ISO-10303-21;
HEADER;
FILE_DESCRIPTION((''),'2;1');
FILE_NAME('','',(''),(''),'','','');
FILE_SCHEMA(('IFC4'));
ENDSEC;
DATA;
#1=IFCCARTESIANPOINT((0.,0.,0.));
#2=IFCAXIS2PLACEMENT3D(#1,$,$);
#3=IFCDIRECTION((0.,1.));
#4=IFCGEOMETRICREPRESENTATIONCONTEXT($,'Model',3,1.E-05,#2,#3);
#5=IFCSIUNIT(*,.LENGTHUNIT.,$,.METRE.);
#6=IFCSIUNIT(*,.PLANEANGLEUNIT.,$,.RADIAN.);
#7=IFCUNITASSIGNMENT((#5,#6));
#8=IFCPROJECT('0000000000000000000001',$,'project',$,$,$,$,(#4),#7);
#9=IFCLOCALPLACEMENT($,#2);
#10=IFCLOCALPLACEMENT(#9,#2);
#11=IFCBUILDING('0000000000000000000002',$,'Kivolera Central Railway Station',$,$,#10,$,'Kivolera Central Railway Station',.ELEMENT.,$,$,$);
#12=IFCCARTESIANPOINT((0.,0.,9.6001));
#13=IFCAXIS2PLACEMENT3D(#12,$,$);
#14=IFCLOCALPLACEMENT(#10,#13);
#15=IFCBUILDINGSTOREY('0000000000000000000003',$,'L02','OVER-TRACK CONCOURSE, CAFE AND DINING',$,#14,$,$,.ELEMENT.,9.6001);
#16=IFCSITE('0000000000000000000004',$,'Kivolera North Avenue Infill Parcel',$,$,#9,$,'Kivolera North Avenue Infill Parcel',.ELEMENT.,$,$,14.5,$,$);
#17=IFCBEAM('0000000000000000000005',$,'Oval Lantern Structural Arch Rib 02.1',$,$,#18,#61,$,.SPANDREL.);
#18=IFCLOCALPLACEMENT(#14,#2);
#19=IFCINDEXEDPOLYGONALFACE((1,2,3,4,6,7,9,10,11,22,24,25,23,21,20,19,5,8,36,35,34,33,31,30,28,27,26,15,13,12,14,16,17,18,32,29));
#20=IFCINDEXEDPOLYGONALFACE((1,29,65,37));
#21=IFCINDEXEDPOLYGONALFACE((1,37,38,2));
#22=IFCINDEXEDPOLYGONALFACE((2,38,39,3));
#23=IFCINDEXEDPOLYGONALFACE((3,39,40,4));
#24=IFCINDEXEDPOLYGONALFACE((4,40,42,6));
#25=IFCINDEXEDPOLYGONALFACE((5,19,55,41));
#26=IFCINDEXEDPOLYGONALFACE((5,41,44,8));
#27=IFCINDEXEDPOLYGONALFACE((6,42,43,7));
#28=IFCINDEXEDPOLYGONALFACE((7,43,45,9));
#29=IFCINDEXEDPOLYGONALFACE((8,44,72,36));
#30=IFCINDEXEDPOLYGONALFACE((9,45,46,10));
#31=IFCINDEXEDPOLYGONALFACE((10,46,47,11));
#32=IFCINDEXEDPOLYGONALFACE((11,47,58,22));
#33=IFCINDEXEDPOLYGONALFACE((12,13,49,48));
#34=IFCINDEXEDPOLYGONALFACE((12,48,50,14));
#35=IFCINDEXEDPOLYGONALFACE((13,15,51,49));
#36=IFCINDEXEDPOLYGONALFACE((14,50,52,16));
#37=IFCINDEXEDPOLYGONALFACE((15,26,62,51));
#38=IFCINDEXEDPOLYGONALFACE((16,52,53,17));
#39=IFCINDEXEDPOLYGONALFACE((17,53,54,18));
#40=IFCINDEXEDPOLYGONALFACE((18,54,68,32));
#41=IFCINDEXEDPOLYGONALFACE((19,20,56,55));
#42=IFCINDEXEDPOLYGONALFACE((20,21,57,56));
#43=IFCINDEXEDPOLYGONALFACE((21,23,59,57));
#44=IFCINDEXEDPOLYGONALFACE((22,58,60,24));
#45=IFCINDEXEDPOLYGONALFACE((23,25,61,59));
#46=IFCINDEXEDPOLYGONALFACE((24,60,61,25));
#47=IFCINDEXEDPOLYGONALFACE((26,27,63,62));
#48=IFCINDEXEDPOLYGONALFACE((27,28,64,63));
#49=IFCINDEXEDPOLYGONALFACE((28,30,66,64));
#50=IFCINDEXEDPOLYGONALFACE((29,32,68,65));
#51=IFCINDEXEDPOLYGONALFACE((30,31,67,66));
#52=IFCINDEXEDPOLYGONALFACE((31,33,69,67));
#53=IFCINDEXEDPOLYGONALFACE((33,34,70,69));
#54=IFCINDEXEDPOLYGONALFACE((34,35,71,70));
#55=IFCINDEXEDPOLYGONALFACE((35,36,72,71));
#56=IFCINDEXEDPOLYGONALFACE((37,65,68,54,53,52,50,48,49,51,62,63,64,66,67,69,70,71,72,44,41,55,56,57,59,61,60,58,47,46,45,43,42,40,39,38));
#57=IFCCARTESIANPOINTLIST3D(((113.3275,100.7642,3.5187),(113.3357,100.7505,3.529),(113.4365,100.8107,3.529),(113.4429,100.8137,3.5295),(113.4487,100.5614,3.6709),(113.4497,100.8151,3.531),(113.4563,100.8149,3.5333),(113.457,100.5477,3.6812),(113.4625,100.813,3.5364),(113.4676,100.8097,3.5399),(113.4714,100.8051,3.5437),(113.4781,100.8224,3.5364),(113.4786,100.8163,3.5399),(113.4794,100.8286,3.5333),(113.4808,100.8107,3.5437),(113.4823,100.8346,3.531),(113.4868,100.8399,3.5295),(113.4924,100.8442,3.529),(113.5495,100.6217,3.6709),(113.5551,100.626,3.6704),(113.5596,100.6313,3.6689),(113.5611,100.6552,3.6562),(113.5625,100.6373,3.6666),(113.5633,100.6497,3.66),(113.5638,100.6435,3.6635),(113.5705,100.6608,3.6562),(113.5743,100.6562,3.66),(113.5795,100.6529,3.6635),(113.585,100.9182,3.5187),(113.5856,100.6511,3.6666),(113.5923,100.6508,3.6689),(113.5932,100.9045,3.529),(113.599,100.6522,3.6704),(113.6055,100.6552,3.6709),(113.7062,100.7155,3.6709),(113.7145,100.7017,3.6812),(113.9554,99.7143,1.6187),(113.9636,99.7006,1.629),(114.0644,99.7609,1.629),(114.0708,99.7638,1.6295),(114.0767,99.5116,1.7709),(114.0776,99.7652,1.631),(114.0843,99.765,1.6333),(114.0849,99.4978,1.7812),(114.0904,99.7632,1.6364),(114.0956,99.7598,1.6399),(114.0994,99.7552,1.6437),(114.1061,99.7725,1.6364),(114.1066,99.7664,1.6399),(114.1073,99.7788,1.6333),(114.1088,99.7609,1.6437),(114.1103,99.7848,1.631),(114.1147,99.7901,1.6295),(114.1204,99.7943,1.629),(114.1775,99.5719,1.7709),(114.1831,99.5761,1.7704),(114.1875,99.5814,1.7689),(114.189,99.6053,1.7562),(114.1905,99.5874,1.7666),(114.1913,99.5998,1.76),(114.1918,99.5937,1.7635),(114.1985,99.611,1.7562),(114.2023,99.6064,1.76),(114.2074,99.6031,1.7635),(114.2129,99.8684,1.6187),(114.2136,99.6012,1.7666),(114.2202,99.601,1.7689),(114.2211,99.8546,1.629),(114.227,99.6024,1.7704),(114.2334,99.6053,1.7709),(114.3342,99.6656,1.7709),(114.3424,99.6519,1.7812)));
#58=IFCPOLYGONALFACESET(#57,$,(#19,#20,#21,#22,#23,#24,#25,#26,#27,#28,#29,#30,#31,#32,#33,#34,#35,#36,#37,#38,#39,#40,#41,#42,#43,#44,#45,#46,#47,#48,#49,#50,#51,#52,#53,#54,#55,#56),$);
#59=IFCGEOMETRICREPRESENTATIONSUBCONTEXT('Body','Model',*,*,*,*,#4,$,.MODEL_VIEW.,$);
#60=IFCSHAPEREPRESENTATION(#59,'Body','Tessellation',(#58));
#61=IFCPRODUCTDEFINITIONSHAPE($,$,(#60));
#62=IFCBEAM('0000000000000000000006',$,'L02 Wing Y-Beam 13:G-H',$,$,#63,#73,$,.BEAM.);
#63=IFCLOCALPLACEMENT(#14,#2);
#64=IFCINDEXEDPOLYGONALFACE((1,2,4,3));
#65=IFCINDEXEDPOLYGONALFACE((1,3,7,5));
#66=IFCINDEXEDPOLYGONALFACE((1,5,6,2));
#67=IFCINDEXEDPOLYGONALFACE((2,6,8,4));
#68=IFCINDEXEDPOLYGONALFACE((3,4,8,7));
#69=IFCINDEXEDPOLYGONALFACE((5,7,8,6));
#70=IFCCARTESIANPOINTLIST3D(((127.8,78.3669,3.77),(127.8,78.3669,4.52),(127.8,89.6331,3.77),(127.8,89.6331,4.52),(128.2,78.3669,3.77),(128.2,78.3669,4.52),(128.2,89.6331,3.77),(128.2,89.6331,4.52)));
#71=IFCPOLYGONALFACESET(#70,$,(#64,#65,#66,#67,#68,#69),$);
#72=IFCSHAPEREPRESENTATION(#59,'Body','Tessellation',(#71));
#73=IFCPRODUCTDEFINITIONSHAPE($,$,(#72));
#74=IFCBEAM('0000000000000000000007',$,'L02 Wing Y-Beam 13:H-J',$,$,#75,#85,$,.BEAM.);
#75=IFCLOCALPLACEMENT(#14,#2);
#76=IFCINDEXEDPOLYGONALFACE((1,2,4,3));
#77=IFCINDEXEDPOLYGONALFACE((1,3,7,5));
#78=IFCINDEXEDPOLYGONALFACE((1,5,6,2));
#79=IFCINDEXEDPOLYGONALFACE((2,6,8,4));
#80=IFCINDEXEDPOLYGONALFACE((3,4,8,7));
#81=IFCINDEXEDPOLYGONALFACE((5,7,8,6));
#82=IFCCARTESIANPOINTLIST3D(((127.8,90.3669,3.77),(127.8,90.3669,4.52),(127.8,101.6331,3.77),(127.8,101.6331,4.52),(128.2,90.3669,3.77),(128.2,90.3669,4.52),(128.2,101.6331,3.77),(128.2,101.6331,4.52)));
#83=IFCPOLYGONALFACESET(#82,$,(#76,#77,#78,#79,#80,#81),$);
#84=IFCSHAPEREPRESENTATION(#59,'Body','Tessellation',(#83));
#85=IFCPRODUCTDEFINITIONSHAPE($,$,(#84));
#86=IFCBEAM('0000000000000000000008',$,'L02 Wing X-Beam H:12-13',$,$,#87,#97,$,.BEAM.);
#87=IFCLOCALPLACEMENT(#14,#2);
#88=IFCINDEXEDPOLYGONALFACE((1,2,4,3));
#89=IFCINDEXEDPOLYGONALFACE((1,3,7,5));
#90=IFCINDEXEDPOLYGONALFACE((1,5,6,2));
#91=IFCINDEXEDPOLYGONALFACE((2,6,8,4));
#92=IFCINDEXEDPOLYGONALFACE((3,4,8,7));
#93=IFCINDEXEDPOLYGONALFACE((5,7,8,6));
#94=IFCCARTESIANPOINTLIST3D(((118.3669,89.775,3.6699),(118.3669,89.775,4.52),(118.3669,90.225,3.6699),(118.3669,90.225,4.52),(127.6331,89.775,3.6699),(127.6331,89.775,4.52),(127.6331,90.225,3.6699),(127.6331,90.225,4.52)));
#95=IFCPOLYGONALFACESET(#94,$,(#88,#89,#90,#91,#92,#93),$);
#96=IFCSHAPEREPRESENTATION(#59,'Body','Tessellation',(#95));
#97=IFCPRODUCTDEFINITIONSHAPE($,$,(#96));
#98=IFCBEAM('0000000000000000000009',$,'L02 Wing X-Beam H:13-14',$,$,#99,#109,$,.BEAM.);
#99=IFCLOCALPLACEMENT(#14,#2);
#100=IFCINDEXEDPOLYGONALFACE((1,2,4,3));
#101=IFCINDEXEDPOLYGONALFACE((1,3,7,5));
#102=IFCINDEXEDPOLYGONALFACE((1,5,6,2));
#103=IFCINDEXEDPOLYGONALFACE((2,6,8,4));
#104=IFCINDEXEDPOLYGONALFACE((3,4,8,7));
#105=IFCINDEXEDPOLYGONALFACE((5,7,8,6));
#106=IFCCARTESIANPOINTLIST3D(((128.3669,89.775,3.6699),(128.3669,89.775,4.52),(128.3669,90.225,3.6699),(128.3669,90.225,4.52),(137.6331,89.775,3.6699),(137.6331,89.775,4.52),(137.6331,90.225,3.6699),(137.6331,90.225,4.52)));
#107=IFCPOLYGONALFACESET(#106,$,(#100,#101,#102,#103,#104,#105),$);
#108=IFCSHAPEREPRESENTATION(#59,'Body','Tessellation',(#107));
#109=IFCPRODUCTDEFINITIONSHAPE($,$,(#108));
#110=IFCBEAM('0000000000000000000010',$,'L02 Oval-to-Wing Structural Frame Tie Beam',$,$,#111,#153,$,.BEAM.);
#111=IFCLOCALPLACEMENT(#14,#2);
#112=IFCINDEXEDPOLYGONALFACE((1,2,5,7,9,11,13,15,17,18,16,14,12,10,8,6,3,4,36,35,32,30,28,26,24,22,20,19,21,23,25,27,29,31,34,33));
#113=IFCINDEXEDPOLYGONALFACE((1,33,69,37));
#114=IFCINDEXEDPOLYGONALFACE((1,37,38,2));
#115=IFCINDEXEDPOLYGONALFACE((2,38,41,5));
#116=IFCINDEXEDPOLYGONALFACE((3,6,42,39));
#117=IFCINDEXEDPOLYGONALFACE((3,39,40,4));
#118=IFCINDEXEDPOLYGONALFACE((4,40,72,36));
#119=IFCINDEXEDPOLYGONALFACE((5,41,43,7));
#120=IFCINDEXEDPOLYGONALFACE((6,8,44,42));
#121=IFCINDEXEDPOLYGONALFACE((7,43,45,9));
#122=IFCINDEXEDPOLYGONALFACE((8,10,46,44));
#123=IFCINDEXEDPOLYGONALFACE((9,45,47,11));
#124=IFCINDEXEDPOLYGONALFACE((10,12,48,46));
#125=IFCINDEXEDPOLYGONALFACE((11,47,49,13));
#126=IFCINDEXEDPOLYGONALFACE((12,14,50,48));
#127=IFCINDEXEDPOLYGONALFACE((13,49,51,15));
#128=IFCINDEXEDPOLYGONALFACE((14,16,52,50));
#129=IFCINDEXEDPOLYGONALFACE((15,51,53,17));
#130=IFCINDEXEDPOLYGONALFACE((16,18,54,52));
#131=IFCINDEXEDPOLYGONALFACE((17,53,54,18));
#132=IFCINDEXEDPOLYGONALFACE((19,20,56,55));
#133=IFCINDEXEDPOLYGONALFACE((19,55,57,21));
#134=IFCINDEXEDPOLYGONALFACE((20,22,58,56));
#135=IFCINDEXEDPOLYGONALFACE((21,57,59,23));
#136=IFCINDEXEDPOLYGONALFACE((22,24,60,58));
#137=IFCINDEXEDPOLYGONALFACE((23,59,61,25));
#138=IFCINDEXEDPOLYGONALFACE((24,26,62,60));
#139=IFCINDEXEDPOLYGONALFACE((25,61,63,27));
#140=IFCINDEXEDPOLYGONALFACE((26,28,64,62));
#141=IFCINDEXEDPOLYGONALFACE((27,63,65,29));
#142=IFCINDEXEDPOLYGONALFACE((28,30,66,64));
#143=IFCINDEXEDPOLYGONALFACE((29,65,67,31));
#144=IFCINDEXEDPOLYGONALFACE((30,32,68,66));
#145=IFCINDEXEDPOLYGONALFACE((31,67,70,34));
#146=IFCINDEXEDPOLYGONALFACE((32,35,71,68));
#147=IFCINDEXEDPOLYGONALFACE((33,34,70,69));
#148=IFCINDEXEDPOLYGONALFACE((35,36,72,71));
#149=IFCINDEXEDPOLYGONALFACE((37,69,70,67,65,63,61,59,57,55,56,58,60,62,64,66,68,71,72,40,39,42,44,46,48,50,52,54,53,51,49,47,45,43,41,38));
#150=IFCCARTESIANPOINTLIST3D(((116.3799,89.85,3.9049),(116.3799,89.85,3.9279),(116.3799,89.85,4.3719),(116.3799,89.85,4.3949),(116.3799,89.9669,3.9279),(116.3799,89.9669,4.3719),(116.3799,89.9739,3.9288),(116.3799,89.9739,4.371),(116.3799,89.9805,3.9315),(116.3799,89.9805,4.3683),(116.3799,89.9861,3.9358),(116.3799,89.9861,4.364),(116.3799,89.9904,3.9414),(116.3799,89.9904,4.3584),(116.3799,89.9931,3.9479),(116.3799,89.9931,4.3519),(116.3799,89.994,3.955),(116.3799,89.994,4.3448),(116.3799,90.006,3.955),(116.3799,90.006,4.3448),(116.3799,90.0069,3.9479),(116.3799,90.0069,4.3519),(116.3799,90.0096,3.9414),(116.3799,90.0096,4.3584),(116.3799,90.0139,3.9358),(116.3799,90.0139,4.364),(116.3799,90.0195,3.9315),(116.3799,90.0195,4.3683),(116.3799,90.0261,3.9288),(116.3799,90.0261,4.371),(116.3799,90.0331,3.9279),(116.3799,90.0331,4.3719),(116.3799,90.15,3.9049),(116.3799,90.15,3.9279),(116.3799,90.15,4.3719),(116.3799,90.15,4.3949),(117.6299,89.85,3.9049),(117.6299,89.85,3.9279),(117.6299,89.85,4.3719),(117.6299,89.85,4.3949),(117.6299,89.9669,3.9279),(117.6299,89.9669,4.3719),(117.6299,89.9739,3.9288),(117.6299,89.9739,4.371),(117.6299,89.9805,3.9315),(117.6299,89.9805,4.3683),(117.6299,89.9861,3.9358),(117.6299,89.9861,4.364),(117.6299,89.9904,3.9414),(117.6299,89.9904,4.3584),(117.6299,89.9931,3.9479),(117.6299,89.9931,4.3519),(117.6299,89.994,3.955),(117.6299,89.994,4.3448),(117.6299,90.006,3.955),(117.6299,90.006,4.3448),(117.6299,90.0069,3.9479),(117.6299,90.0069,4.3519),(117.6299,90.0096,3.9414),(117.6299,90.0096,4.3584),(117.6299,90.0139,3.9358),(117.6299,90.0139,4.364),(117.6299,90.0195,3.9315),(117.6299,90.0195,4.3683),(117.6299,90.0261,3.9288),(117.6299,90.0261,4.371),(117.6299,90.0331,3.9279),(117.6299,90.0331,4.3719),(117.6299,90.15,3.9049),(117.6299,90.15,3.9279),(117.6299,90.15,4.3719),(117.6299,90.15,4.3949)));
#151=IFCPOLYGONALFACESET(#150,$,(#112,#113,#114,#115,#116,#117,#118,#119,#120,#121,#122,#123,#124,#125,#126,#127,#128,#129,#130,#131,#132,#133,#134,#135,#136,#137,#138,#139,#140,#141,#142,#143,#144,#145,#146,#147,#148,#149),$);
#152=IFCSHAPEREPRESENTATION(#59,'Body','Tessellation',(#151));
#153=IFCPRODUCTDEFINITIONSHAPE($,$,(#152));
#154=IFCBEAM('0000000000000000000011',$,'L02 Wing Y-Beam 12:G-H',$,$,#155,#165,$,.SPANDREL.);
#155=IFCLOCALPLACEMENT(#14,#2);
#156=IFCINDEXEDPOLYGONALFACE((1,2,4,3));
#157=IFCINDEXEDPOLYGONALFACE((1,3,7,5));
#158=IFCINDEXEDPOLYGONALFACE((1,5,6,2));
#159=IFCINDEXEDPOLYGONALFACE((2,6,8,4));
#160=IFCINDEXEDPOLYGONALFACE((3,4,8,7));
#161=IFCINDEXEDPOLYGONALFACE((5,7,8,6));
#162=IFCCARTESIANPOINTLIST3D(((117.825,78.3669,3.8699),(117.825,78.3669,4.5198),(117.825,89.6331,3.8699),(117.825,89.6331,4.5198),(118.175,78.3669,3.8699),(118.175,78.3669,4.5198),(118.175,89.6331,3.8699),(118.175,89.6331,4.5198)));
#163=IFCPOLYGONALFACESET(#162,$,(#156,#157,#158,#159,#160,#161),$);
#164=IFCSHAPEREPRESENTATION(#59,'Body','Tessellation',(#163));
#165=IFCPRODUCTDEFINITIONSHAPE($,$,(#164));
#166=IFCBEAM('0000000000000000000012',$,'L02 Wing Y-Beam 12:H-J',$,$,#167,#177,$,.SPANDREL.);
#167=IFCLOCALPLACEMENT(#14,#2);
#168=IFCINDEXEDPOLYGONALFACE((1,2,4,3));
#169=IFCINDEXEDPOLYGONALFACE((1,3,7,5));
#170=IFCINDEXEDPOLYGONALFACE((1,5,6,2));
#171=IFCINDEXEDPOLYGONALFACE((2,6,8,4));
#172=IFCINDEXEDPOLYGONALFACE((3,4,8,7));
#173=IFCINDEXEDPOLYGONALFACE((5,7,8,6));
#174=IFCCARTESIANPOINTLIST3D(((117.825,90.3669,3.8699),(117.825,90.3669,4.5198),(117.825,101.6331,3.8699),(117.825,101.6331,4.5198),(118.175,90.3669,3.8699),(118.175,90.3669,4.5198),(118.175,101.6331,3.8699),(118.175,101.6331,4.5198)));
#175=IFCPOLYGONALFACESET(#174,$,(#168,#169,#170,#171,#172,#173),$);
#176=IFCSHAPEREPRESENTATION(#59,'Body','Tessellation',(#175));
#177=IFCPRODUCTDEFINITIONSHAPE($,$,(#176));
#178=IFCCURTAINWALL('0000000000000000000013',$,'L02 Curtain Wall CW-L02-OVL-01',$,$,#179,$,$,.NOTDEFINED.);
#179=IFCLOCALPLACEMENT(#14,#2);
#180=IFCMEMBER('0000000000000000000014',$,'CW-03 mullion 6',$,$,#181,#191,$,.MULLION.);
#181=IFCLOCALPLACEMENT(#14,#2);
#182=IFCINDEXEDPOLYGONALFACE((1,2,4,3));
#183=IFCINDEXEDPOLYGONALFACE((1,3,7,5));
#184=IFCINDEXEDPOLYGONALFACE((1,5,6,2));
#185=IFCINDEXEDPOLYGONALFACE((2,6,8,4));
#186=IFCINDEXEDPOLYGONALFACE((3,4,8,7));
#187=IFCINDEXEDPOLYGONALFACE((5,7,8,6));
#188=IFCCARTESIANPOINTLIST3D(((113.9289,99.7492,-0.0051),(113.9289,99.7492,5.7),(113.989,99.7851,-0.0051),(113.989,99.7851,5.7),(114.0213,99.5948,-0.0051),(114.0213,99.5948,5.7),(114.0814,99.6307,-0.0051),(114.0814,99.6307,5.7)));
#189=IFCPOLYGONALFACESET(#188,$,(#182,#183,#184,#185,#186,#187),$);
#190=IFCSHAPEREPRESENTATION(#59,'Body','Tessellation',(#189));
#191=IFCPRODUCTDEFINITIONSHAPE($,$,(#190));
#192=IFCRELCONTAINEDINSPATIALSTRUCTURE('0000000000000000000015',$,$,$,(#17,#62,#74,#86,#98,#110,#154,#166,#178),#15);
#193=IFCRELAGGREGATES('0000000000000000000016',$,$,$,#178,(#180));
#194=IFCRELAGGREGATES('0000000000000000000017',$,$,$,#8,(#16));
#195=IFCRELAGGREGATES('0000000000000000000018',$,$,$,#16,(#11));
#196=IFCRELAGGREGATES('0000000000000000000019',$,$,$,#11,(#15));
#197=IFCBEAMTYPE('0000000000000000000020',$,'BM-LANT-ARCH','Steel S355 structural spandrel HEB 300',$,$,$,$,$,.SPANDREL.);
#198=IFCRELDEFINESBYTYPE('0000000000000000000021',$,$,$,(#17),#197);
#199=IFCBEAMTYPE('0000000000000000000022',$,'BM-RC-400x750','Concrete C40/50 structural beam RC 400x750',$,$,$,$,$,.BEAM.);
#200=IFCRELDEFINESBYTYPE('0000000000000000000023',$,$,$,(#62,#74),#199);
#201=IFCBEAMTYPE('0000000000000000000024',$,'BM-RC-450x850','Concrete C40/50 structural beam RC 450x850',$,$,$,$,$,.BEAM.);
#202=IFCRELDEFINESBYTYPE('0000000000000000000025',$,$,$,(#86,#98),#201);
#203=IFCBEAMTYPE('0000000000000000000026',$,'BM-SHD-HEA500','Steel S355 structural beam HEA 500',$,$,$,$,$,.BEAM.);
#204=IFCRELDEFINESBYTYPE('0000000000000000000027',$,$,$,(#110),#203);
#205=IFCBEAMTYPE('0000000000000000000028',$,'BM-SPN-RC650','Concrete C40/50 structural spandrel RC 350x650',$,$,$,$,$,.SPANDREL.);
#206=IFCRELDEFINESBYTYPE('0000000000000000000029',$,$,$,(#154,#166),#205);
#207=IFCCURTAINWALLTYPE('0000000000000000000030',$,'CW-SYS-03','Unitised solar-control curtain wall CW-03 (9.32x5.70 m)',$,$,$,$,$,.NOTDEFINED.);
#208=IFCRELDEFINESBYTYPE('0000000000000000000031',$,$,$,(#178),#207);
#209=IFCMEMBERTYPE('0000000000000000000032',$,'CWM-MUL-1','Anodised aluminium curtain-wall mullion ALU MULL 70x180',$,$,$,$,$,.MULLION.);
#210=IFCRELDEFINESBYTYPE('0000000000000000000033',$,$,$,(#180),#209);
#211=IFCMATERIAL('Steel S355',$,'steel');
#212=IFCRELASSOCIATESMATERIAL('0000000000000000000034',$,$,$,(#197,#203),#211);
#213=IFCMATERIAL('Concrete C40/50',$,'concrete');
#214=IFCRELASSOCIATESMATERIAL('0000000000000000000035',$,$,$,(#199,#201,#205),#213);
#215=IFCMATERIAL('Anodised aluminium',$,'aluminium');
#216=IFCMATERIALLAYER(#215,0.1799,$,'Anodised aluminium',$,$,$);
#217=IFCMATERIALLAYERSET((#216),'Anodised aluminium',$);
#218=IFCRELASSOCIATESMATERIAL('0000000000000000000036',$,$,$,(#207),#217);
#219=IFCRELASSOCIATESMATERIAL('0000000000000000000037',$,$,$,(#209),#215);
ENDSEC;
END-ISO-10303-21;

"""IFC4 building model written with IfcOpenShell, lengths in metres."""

from ifc_helpers import new_model, si_unit, direction, frame, origin, origin_2d, place, context, subcontext, project, spatial, rectangle, i_section, extrude, material, layer, layer_set, material_profile, profile_set, type_object, element, aggregate, save


model = new_model("IFC4")

# Units and contexts
model_context = context("Model", 3, precision=1e-05, world=origin(), true_north=direction((0.0, 1.0)))
body_context = subcontext(model_context, "Body", "Model", "MODEL_VIEW")
ifc_project = project(units=[si_unit("LENGTHUNIT", "METRE"), si_unit("PLANEANGLEUNIT", "RADIAN")], contexts=[model_context])

# Site, building, storey
site_placement = place(None, origin())
site = spatial("IfcSite", under=ifc_project, at=site_placement, Name="Kivolera North Avenue Infill Parcel", LongName="Kivolera North Avenue Infill Parcel", CompositionType="ELEMENT", RefElevation=14.5)
building_placement = place(site_placement, origin())
building = spatial("IfcBuilding", under=site, at=building_placement, Name="Kivolera Central Railway Station", LongName="Kivolera Central Railway Station", CompositionType="ELEMENT")
storey_placement = place(building_placement, frame((0.0, 0.0, 9.6001)))
storey = spatial("IfcBuildingStorey", under=building, at=storey_placement, Name="L02", Description="OVER-TRACK CONCOURSE, CAFE AND DINING", CompositionType="ELEMENT", Elevation=9.6001)

# Shared definitions
ifc_material_1 = material(Name="Concrete C40/50", Category="concrete")

# Beams
ifc_material_2 = material(Name="Steel S355", Category="steel")
ifc_material_profile_1 = material_profile(ifc_material_2, i_section(OverallWidth=0.3, OverallDepth=0.3, WebThickness=0.011, FlangeThickness=0.019, FilletRadius=0.0271, at=origin_2d()), Name="HEB 300")
ifc_profile_set_1 = profile_set([ifc_material_profile_1], Name="Steel S355")
beam_type_1 = type_object("IfcBeamType", Name="BM-LANT-ARCH", Description="Steel S355 structural spandrel HEB 300", PredefinedType="SPANDREL", material=ifc_profile_set_1)
beam_1_placement = place(storey_placement, frame((114.1489, 99.6831, 1.7), z_axis=(-0.277888, 0.464587, 0.840795), x_axis=(-0.858197, -0.513321, 0.0)))
element("IfcBeam", 1, at=beam_1_placement, inside=storey, type_object=beam_type_1, Name="Oval Lantern Structural Arch Rib 02.1", PredefinedType="SPANDREL", context=body_context, shape_type="SweptSolid", body=[
    extrude(i_section(OverallWidth=0.3, OverallDepth=0.3, WebThickness=0.011, FlangeThickness=0.019, FilletRadius=0.0271, at=origin_2d()), origin(), (0.0, 0.0, 1.0), 2.2598),
])
ifc_material_profile_2 = material_profile(ifc_material_1, rectangle(XDim=0.3999, YDim=0.75, at=origin_2d()), Name="RC 400x750")
ifc_profile_set_2 = profile_set([ifc_material_profile_2], Name="Concrete C40/50")
beam_type_2 = type_object("IfcBeamType", Name="BM-RC-400x750", Description="Concrete C40/50 structural beam RC 400x750", PredefinedType="BEAM", material=ifc_profile_set_2)
for number, where, z_axis, x_axis, name in (
    (2, (128.0, 78.3669, 4.145), (0.0, 1.0, 0.0), (-1.0, 0.0, 0.0), "L02 Wing Y-Beam 13:G-H"),
    (3, (128.0, 90.3669, 4.145), (0.0, 1.0, 0.0), (-1.0, 0.0, 0.0), "L02 Wing Y-Beam 13:H-J"),
):
    element("IfcBeam", number, at=place(storey_placement, frame(where, z_axis=z_axis, x_axis=x_axis)), inside=storey, type_object=beam_type_2, Name=name, PredefinedType="BEAM", context=body_context, shape_type="SweptSolid", body=[
        extrude(rectangle(XDim=0.3999, YDim=0.75, at=origin_2d()), origin(), (0.0, 0.0, 1.0), 11.2661),
    ])
ifc_material_profile_3 = material_profile(ifc_material_1, rectangle(XDim=0.45, YDim=0.8501, at=origin_2d()), Name="RC 450x850")
ifc_profile_set_3 = profile_set([ifc_material_profile_3], Name="Concrete C40/50")
beam_type_3 = type_object("IfcBeamType", Name="BM-RC-450x850", Description="Concrete C40/50 structural beam RC 450x850", PredefinedType="BEAM", material=ifc_profile_set_3)
for number, where, z_axis, x_axis, name in (
    (4, (118.3669, 90.0, 4.095), (1.0, 0.0, 0.0), (0.0, 1.0, 0.0), "L02 Wing X-Beam H:12-13"),
    (5, (128.3669, 90.0, 4.095), (1.0, 0.0, 0.0), (0.0, 1.0, 0.0), "L02 Wing X-Beam H:13-14"),
):
    element("IfcBeam", number, at=place(storey_placement, frame(where, z_axis=z_axis, x_axis=x_axis)), inside=storey, type_object=beam_type_3, Name=name, PredefinedType="BEAM", context=body_context, shape_type="SweptSolid", body=[
        extrude(rectangle(XDim=0.45, YDim=0.8501, at=origin_2d()), origin(), (0.0, 0.0, 1.0), 9.2661),
    ])
ifc_material_profile_4 = material_profile(ifc_material_2, i_section(OverallWidth=0.3, OverallDepth=0.49, WebThickness=0.012, FlangeThickness=0.0229, FilletRadius=0.0271, at=origin_2d()), Name="HEA 500")
ifc_profile_set_4 = profile_set([ifc_material_profile_4], Name="Steel S355")
beam_type_4 = type_object("IfcBeamType", Name="BM-SHD-HEA500", Description="Steel S355 structural beam HEA 500", PredefinedType="BEAM", material=ifc_profile_set_4)
beam_2_placement = place(storey_placement, frame((116.3799, 90.0, 4.1499), z_axis=(1.0, 0.0, 0.0), x_axis=(0.0, 1.0, 0.0)))
element("IfcBeam", 6, at=beam_2_placement, inside=storey, type_object=beam_type_4, Name="L02 Oval-to-Wing Structural Frame Tie Beam", PredefinedType="BEAM", context=body_context, shape_type="SweptSolid", body=[
    extrude(i_section(OverallWidth=0.3, OverallDepth=0.49, WebThickness=0.012, FlangeThickness=0.0229, FilletRadius=0.0271, at=origin_2d()), origin(), (0.0, 0.0, 1.0), 1.25),
])
ifc_material_profile_5 = material_profile(ifc_material_1, rectangle(XDim=0.3501, YDim=0.6499, at=origin_2d()), Name="RC 350x650")
ifc_profile_set_5 = profile_set([ifc_material_profile_5], Name="Concrete C40/50")
beam_type_5 = type_object("IfcBeamType", Name="BM-SPN-RC650", Description="Concrete C40/50 structural spandrel RC 350x650", PredefinedType="SPANDREL", material=ifc_profile_set_5)
for number, where, z_axis, x_axis, name in (
    (7, (118.0, 78.3669, 4.1948), (0.0, 1.0, 0.0), (-1.0, 0.0, 0.0), "L02 Wing Y-Beam 12:G-H"),
    (8, (118.0, 90.3669, 4.1948), (0.0, 1.0, 0.0), (-1.0, 0.0, 0.0), "L02 Wing Y-Beam 12:H-J"),
):
    element("IfcBeam", number, at=place(storey_placement, frame(where, z_axis=z_axis, x_axis=x_axis)), inside=storey, type_object=beam_type_5, Name=name, PredefinedType="SPANDREL", context=body_context, shape_type="SweptSolid", body=[
        extrude(rectangle(XDim=0.3501, YDim=0.6499, at=origin_2d()), origin(), (0.0, 0.0, 1.0), 11.2661),
    ])

# Curtain wall, member
ifc_material_3 = material(Name="Anodised aluminium", Category="aluminium")
ifc_layer_1 = layer(ifc_material_3, 0.1799, Name="Anodised aluminium")
ifc_layer_set_1 = layer_set([ifc_layer_1], Name="Anodised aluminium")
curtain_wall_type = type_object("IfcCurtainWallType", Name="CW-SYS-03", Description="Unitised solar-control curtain wall CW-03 (9.32x5.70 m)", PredefinedType="NOTDEFINED", material=ifc_layer_set_1)
curtain_wall_1_placement = place(storey_placement, origin())
curtain_wall_1 = element("IfcCurtainWall", 9, at=curtain_wall_1_placement, inside=storey, type_object=curtain_wall_type, Name="L02 Curtain Wall CW-L02-OVL-01", PredefinedType="NOTDEFINED")
ifc_material_profile_6 = material_profile(ifc_material_3, rectangle(XDim=0.0701, YDim=0.1799, at=origin_2d()), Name="ALU MULL 70x180")
ifc_profile_set_6 = profile_set([ifc_material_profile_6], Name="Anodised aluminium")
member_type_1 = type_object("IfcMemberType", Name="CWM-MUL-1", Description="Anodised aluminium curtain-wall mullion ALU MULL 70x180", PredefinedType="MULLION", material=ifc_profile_set_6)
member_1_placement = place(storey_placement, frame((114.0051, 99.6899, -0.0051), z_axis=(0.0, 0.0, 1.0), x_axis=(0.858117, 0.513454, 0.0)))
member_1 = element("IfcMember", 10, at=member_1_placement, type_object=member_type_1, Name="CW-03 mullion 6", PredefinedType="MULLION", context=body_context, shape_type="SweptSolid", body=[
    extrude(rectangle(XDim=0.0701, YDim=0.1799, at=origin_2d()), origin(), (0.0, 0.0, 1.0), 5.7051),
])

aggregate(curtain_wall_1, [member_1])

save(model, "model.ifc")
